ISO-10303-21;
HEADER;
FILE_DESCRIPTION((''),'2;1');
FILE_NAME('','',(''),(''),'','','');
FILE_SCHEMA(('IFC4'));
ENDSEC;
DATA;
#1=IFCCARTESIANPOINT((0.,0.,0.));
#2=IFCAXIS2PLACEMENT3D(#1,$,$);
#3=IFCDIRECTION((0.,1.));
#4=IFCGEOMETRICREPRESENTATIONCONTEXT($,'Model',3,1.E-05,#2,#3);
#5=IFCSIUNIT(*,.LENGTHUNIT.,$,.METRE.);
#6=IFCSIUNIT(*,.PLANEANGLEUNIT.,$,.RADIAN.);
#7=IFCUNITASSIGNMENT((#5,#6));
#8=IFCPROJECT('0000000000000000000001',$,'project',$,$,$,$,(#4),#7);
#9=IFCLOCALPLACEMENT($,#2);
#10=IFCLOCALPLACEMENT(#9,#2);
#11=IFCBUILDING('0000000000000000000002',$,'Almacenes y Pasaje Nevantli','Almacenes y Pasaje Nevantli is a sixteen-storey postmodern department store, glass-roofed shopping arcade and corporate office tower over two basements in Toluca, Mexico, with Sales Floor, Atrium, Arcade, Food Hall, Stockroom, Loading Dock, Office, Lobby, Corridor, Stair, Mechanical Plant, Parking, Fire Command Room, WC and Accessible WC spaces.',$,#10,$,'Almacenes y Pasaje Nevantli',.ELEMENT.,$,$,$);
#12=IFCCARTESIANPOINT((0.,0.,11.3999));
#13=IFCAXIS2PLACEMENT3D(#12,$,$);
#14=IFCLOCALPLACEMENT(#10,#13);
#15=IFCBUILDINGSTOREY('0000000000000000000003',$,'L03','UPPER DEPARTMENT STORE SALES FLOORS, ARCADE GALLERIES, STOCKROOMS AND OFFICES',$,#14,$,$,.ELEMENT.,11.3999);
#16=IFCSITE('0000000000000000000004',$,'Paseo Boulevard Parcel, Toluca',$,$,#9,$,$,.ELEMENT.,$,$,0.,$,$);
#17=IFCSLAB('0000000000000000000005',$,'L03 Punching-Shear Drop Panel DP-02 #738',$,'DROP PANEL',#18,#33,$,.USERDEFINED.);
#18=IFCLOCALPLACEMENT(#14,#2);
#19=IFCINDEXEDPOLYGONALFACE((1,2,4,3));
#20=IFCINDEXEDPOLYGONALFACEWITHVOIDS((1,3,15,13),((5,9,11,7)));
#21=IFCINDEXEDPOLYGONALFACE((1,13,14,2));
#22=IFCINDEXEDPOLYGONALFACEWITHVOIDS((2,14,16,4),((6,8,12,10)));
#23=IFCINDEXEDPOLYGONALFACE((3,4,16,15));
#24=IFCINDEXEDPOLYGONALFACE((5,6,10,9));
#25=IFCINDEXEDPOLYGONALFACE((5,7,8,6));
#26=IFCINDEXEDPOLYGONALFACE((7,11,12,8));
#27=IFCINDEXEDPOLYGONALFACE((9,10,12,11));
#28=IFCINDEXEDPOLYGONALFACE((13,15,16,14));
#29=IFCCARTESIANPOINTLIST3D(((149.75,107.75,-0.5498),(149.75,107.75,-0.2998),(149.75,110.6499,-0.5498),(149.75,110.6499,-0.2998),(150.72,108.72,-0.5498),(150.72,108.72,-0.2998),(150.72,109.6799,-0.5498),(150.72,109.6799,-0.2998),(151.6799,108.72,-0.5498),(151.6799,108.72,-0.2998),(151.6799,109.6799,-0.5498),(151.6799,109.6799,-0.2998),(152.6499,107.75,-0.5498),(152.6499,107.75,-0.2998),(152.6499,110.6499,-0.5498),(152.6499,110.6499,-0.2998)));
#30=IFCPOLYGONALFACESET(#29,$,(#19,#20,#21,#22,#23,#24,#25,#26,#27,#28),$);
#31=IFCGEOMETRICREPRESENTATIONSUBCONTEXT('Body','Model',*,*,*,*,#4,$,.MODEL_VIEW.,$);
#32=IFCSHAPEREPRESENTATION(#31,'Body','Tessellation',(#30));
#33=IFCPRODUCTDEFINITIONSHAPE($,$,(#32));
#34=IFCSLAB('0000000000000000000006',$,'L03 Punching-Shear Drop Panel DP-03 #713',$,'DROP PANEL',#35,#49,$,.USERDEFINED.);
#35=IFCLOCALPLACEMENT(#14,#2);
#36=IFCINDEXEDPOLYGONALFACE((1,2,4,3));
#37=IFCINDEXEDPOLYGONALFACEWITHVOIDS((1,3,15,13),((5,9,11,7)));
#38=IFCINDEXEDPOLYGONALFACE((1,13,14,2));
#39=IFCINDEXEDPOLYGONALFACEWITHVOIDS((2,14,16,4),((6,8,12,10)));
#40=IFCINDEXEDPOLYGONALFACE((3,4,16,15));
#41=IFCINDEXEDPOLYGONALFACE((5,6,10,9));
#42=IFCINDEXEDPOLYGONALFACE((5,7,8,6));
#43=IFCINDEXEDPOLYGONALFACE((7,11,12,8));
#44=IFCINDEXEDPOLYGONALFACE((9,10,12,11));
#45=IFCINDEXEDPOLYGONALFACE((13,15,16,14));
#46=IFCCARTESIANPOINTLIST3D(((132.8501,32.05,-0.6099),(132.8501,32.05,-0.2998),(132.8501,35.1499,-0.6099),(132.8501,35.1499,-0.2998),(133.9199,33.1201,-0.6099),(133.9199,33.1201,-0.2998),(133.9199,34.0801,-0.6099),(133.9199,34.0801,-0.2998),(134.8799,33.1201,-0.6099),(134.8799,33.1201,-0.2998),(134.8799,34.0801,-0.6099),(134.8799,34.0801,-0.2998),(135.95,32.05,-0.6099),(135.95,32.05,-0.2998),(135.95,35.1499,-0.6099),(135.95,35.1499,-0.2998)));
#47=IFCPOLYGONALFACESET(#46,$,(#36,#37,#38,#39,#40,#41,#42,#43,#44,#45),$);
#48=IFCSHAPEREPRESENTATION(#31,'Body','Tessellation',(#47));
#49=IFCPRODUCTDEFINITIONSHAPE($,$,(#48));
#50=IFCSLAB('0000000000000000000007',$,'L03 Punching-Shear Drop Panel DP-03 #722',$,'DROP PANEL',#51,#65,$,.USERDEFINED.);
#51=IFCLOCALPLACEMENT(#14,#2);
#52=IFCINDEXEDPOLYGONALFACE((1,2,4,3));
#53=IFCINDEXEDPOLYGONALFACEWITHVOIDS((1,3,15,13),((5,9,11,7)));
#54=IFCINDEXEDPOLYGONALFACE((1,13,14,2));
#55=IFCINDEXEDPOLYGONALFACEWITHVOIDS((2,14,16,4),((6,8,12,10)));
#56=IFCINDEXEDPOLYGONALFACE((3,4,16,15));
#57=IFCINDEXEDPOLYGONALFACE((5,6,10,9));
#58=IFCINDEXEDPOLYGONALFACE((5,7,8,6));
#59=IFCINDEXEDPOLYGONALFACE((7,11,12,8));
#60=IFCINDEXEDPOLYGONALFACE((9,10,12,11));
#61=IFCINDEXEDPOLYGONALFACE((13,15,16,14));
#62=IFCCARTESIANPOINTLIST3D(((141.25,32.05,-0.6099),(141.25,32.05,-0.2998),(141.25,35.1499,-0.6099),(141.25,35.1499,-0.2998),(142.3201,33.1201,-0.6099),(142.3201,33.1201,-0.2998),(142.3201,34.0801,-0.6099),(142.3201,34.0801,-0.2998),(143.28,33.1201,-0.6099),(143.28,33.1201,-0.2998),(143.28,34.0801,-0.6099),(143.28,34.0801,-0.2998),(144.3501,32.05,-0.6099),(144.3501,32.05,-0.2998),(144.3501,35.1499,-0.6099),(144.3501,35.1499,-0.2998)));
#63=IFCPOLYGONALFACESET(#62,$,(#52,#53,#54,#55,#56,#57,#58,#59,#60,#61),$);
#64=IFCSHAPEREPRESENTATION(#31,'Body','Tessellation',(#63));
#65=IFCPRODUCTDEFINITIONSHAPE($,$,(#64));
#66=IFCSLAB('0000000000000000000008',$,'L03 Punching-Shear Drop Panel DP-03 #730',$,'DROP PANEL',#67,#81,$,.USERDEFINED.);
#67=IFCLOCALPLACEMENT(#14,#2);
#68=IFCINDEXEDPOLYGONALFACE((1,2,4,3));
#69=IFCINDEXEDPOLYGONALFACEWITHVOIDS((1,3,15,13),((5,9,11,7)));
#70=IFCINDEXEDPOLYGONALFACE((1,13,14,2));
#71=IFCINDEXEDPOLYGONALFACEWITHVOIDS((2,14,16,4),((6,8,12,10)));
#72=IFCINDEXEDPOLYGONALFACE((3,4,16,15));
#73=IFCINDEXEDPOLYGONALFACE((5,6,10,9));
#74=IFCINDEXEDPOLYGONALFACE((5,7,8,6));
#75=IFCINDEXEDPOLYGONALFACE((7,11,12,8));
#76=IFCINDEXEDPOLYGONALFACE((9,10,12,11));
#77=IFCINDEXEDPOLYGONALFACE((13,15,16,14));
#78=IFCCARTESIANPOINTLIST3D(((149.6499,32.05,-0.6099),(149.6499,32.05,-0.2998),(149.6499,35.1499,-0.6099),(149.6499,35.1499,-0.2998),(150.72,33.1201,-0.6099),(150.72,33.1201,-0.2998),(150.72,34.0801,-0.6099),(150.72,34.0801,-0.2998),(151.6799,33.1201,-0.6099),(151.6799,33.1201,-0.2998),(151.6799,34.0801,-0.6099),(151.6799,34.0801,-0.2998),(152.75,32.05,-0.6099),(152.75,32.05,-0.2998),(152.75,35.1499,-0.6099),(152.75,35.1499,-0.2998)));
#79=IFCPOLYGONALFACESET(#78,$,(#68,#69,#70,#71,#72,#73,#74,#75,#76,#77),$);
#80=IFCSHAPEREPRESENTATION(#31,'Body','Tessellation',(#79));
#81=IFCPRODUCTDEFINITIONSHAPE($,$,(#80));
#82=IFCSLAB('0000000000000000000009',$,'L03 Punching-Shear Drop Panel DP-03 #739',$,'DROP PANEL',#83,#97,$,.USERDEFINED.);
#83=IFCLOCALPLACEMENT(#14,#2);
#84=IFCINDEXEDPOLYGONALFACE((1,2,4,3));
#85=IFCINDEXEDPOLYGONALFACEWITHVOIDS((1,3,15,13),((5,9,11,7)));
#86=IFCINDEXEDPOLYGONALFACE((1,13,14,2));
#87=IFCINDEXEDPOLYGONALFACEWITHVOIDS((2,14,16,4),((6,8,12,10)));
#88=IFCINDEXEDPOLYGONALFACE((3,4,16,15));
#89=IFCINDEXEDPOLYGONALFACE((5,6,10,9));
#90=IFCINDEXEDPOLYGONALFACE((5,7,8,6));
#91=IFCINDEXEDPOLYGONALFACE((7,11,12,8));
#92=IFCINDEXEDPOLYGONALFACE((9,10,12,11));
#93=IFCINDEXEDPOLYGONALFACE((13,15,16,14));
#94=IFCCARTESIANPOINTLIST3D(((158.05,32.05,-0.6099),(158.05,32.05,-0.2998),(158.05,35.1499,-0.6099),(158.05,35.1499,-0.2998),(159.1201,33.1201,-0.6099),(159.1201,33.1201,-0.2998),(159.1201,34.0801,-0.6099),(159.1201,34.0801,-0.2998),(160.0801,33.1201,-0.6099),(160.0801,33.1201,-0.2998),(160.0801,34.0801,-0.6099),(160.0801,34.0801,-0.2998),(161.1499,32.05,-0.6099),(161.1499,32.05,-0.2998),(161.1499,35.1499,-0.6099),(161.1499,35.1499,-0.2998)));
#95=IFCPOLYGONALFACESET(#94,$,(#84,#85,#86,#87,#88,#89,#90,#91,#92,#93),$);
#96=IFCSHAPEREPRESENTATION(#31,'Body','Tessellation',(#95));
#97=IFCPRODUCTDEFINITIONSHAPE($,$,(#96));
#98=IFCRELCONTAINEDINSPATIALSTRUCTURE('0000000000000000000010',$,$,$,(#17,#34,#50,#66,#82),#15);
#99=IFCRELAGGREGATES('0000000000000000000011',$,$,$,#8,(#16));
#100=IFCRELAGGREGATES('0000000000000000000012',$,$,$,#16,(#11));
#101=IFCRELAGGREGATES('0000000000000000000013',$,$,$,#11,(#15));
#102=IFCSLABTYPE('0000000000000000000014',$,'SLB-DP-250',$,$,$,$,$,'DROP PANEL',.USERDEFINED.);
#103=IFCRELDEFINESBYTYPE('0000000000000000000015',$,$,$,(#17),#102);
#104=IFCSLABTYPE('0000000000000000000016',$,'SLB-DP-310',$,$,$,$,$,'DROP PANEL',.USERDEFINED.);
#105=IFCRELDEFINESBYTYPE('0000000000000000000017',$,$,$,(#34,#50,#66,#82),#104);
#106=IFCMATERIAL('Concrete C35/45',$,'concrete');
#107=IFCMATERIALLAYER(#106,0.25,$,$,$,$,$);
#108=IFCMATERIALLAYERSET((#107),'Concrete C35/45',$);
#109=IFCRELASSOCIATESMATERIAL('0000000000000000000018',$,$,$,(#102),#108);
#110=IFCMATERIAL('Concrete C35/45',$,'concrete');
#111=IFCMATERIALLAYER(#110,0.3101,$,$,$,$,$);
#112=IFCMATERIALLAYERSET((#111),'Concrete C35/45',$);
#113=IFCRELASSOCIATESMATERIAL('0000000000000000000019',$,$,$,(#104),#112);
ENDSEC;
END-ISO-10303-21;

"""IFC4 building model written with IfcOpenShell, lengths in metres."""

from ifc_helpers import new_model, si_unit, direction, frame, origin, place, context, subcontext, project, spatial, polyline, outline, extrude, material, layer, layer_set, type_object, element, save


model = new_model("IFC4")

# Units and contexts
model_context = context("Model", 3, precision=1e-05, world=origin(), true_north=direction((0.0, 1.0)))
body_context = subcontext(model_context, "Body", "Model", "MODEL_VIEW")
ifc_project = project(units=[si_unit("LENGTHUNIT", "METRE"), si_unit("PLANEANGLEUNIT", "RADIAN")], contexts=[model_context])

# Site, building, storey
site_placement = place(None, origin())
site = spatial("IfcSite", under=ifc_project, at=site_placement, Name="Paseo Boulevard Parcel, Toluca", CompositionType="ELEMENT", RefElevation=0.0)
building_placement = place(site_placement, origin())
building = spatial("IfcBuilding", under=site, at=building_placement, Name="Almacenes y Pasaje Nevantli", Description="Almacenes y Pasaje Nevantli is a sixteen-storey postmodern department store, glass-roofed shopping arcade and corporate office tower over two basements in Toluca, Mexico, with Sales Floor, Atrium, Arcade, Food Hall, Stockroom, Loading Dock, Office, Lobby, Corridor, Stair, Mechanical Plant, Parking, Fire Command Room, WC and Accessible WC spaces.", LongName="Almacenes y Pasaje Nevantli", CompositionType="ELEMENT")
storey_placement = place(building_placement, frame((0.0, 0.0, 11.3999)))
storey = spatial("IfcBuildingStorey", under=building, at=storey_placement, Name="L03", Description="UPPER DEPARTMENT STORE SALES FLOORS, ARCADE GALLERIES, STOCKROOMS AND OFFICES", CompositionType="ELEMENT", Elevation=11.3999)

# Slabs
ifc_material_1 = material(Name="Concrete C35/45", Category="concrete")
ifc_layer_1 = layer(ifc_material_1, 0.25)
ifc_layer_set_1 = layer_set([ifc_layer_1], Name="Concrete C35/45")
slab_type_1 = type_object("IfcSlabType", Name="SLB-DP-250", ElementType="DROP PANEL", PredefinedType="USERDEFINED", material=ifc_layer_set_1)
slab_1_placement = place(storey_placement, frame((0.0, 0.0, -0.5498)))
element("IfcSlab", 1, at=slab_1_placement, inside=storey, type_object=slab_type_1, Name="L03 Punching-Shear Drop Panel DP-02 #738", ObjectType="DROP PANEL", PredefinedType="USERDEFINED", context=body_context, shape_type="SweptSolid", body=[
    extrude(outline(polyline([(149.75, 107.75), (152.6499, 107.75), (152.6499, 110.6499), (149.75, 110.6499), (149.75, 107.75)]), holes=[polyline([(150.72, 108.72), (151.6799, 108.72), (151.6799, 109.6799), (150.72, 109.6799), (150.72, 108.72)])]), origin(), (0.0, 0.0, 1.0), 0.25),
])
ifc_material_2 = material(Name="Concrete C35/45", Category="concrete")
ifc_layer_2 = layer(ifc_material_2, 0.3101)
ifc_layer_set_2 = layer_set([ifc_layer_2], Name="Concrete C35/45")
slab_type_2 = type_object("IfcSlabType", Name="SLB-DP-310", ElementType="DROP PANEL", PredefinedType="USERDEFINED", material=ifc_layer_set_2)
slab_2_placement = place(storey_placement, frame((0.0, 0.0, -0.6099)))
element("IfcSlab", 2, at=slab_2_placement, inside=storey, type_object=slab_type_2, Name="L03 Punching-Shear Drop Panel DP-03 #713", ObjectType="DROP PANEL", PredefinedType="USERDEFINED", context=body_context, shape_type="SweptSolid", body=[
    extrude(outline(polyline([(132.8501, 32.05), (135.95, 32.05), (135.95, 35.1499), (132.8501, 35.1499), (132.8501, 32.05)]), holes=[polyline([(133.9199, 33.1201), (134.8799, 33.1201), (134.8799, 34.0801), (133.9199, 34.0801), (133.9199, 33.1201)])]), origin(), (0.0, 0.0, 1.0), 0.3101),
])
slab_3_placement = place(storey_placement, frame((0.0, 0.0, -0.6099)))
element("IfcSlab", 3, at=slab_3_placement, inside=storey, type_object=slab_type_2, Name="L03 Punching-Shear Drop Panel DP-03 #722", ObjectType="DROP PANEL", PredefinedType="USERDEFINED", context=body_context, shape_type="SweptSolid", body=[
    extrude(outline(polyline([(141.25, 32.05), (144.3501, 32.05), (144.3501, 35.1499), (141.25, 35.1499), (141.25, 32.05)]), holes=[polyline([(142.3201, 33.1201), (143.28, 33.1201), (143.28, 34.0801), (142.3201, 34.0801), (142.3201, 33.1201)])]), origin(), (0.0, 0.0, 1.0), 0.3101),
])
slab_4_placement = place(storey_placement, frame((0.0, 0.0, -0.6099)))
element("IfcSlab", 4, at=slab_4_placement, inside=storey, type_object=slab_type_2, Name="L03 Punching-Shear Drop Panel DP-03 #730", ObjectType="DROP PANEL", PredefinedType="USERDEFINED", context=body_context, shape_type="SweptSolid", body=[
    extrude(outline(polyline([(149.6499, 32.05), (152.75, 32.05), (152.75, 35.1499), (149.6499, 35.1499), (149.6499, 32.05)]), holes=[polyline([(150.72, 33.1201), (151.6799, 33.1201), (151.6799, 34.0801), (150.72, 34.0801), (150.72, 33.1201)])]), origin(), (0.0, 0.0, 1.0), 0.3101),
])
slab_5_placement = place(storey_placement, frame((0.0, 0.0, -0.6099)))
element("IfcSlab", 5, at=slab_5_placement, inside=storey, type_object=slab_type_2, Name="L03 Punching-Shear Drop Panel DP-03 #739", ObjectType="DROP PANEL", PredefinedType="USERDEFINED", context=body_context, shape_type="SweptSolid", body=[
    extrude(outline(polyline([(158.05, 32.05), (161.1499, 32.05), (161.1499, 35.1499), (158.05, 35.1499), (158.05, 32.05)]), holes=[polyline([(159.1201, 33.1201), (160.0801, 33.1201), (160.0801, 34.0801), (159.1201, 34.0801), (159.1201, 33.1201)])]), origin(), (0.0, 0.0, 1.0), 0.3101),
])

save(model, "model.ifc")
